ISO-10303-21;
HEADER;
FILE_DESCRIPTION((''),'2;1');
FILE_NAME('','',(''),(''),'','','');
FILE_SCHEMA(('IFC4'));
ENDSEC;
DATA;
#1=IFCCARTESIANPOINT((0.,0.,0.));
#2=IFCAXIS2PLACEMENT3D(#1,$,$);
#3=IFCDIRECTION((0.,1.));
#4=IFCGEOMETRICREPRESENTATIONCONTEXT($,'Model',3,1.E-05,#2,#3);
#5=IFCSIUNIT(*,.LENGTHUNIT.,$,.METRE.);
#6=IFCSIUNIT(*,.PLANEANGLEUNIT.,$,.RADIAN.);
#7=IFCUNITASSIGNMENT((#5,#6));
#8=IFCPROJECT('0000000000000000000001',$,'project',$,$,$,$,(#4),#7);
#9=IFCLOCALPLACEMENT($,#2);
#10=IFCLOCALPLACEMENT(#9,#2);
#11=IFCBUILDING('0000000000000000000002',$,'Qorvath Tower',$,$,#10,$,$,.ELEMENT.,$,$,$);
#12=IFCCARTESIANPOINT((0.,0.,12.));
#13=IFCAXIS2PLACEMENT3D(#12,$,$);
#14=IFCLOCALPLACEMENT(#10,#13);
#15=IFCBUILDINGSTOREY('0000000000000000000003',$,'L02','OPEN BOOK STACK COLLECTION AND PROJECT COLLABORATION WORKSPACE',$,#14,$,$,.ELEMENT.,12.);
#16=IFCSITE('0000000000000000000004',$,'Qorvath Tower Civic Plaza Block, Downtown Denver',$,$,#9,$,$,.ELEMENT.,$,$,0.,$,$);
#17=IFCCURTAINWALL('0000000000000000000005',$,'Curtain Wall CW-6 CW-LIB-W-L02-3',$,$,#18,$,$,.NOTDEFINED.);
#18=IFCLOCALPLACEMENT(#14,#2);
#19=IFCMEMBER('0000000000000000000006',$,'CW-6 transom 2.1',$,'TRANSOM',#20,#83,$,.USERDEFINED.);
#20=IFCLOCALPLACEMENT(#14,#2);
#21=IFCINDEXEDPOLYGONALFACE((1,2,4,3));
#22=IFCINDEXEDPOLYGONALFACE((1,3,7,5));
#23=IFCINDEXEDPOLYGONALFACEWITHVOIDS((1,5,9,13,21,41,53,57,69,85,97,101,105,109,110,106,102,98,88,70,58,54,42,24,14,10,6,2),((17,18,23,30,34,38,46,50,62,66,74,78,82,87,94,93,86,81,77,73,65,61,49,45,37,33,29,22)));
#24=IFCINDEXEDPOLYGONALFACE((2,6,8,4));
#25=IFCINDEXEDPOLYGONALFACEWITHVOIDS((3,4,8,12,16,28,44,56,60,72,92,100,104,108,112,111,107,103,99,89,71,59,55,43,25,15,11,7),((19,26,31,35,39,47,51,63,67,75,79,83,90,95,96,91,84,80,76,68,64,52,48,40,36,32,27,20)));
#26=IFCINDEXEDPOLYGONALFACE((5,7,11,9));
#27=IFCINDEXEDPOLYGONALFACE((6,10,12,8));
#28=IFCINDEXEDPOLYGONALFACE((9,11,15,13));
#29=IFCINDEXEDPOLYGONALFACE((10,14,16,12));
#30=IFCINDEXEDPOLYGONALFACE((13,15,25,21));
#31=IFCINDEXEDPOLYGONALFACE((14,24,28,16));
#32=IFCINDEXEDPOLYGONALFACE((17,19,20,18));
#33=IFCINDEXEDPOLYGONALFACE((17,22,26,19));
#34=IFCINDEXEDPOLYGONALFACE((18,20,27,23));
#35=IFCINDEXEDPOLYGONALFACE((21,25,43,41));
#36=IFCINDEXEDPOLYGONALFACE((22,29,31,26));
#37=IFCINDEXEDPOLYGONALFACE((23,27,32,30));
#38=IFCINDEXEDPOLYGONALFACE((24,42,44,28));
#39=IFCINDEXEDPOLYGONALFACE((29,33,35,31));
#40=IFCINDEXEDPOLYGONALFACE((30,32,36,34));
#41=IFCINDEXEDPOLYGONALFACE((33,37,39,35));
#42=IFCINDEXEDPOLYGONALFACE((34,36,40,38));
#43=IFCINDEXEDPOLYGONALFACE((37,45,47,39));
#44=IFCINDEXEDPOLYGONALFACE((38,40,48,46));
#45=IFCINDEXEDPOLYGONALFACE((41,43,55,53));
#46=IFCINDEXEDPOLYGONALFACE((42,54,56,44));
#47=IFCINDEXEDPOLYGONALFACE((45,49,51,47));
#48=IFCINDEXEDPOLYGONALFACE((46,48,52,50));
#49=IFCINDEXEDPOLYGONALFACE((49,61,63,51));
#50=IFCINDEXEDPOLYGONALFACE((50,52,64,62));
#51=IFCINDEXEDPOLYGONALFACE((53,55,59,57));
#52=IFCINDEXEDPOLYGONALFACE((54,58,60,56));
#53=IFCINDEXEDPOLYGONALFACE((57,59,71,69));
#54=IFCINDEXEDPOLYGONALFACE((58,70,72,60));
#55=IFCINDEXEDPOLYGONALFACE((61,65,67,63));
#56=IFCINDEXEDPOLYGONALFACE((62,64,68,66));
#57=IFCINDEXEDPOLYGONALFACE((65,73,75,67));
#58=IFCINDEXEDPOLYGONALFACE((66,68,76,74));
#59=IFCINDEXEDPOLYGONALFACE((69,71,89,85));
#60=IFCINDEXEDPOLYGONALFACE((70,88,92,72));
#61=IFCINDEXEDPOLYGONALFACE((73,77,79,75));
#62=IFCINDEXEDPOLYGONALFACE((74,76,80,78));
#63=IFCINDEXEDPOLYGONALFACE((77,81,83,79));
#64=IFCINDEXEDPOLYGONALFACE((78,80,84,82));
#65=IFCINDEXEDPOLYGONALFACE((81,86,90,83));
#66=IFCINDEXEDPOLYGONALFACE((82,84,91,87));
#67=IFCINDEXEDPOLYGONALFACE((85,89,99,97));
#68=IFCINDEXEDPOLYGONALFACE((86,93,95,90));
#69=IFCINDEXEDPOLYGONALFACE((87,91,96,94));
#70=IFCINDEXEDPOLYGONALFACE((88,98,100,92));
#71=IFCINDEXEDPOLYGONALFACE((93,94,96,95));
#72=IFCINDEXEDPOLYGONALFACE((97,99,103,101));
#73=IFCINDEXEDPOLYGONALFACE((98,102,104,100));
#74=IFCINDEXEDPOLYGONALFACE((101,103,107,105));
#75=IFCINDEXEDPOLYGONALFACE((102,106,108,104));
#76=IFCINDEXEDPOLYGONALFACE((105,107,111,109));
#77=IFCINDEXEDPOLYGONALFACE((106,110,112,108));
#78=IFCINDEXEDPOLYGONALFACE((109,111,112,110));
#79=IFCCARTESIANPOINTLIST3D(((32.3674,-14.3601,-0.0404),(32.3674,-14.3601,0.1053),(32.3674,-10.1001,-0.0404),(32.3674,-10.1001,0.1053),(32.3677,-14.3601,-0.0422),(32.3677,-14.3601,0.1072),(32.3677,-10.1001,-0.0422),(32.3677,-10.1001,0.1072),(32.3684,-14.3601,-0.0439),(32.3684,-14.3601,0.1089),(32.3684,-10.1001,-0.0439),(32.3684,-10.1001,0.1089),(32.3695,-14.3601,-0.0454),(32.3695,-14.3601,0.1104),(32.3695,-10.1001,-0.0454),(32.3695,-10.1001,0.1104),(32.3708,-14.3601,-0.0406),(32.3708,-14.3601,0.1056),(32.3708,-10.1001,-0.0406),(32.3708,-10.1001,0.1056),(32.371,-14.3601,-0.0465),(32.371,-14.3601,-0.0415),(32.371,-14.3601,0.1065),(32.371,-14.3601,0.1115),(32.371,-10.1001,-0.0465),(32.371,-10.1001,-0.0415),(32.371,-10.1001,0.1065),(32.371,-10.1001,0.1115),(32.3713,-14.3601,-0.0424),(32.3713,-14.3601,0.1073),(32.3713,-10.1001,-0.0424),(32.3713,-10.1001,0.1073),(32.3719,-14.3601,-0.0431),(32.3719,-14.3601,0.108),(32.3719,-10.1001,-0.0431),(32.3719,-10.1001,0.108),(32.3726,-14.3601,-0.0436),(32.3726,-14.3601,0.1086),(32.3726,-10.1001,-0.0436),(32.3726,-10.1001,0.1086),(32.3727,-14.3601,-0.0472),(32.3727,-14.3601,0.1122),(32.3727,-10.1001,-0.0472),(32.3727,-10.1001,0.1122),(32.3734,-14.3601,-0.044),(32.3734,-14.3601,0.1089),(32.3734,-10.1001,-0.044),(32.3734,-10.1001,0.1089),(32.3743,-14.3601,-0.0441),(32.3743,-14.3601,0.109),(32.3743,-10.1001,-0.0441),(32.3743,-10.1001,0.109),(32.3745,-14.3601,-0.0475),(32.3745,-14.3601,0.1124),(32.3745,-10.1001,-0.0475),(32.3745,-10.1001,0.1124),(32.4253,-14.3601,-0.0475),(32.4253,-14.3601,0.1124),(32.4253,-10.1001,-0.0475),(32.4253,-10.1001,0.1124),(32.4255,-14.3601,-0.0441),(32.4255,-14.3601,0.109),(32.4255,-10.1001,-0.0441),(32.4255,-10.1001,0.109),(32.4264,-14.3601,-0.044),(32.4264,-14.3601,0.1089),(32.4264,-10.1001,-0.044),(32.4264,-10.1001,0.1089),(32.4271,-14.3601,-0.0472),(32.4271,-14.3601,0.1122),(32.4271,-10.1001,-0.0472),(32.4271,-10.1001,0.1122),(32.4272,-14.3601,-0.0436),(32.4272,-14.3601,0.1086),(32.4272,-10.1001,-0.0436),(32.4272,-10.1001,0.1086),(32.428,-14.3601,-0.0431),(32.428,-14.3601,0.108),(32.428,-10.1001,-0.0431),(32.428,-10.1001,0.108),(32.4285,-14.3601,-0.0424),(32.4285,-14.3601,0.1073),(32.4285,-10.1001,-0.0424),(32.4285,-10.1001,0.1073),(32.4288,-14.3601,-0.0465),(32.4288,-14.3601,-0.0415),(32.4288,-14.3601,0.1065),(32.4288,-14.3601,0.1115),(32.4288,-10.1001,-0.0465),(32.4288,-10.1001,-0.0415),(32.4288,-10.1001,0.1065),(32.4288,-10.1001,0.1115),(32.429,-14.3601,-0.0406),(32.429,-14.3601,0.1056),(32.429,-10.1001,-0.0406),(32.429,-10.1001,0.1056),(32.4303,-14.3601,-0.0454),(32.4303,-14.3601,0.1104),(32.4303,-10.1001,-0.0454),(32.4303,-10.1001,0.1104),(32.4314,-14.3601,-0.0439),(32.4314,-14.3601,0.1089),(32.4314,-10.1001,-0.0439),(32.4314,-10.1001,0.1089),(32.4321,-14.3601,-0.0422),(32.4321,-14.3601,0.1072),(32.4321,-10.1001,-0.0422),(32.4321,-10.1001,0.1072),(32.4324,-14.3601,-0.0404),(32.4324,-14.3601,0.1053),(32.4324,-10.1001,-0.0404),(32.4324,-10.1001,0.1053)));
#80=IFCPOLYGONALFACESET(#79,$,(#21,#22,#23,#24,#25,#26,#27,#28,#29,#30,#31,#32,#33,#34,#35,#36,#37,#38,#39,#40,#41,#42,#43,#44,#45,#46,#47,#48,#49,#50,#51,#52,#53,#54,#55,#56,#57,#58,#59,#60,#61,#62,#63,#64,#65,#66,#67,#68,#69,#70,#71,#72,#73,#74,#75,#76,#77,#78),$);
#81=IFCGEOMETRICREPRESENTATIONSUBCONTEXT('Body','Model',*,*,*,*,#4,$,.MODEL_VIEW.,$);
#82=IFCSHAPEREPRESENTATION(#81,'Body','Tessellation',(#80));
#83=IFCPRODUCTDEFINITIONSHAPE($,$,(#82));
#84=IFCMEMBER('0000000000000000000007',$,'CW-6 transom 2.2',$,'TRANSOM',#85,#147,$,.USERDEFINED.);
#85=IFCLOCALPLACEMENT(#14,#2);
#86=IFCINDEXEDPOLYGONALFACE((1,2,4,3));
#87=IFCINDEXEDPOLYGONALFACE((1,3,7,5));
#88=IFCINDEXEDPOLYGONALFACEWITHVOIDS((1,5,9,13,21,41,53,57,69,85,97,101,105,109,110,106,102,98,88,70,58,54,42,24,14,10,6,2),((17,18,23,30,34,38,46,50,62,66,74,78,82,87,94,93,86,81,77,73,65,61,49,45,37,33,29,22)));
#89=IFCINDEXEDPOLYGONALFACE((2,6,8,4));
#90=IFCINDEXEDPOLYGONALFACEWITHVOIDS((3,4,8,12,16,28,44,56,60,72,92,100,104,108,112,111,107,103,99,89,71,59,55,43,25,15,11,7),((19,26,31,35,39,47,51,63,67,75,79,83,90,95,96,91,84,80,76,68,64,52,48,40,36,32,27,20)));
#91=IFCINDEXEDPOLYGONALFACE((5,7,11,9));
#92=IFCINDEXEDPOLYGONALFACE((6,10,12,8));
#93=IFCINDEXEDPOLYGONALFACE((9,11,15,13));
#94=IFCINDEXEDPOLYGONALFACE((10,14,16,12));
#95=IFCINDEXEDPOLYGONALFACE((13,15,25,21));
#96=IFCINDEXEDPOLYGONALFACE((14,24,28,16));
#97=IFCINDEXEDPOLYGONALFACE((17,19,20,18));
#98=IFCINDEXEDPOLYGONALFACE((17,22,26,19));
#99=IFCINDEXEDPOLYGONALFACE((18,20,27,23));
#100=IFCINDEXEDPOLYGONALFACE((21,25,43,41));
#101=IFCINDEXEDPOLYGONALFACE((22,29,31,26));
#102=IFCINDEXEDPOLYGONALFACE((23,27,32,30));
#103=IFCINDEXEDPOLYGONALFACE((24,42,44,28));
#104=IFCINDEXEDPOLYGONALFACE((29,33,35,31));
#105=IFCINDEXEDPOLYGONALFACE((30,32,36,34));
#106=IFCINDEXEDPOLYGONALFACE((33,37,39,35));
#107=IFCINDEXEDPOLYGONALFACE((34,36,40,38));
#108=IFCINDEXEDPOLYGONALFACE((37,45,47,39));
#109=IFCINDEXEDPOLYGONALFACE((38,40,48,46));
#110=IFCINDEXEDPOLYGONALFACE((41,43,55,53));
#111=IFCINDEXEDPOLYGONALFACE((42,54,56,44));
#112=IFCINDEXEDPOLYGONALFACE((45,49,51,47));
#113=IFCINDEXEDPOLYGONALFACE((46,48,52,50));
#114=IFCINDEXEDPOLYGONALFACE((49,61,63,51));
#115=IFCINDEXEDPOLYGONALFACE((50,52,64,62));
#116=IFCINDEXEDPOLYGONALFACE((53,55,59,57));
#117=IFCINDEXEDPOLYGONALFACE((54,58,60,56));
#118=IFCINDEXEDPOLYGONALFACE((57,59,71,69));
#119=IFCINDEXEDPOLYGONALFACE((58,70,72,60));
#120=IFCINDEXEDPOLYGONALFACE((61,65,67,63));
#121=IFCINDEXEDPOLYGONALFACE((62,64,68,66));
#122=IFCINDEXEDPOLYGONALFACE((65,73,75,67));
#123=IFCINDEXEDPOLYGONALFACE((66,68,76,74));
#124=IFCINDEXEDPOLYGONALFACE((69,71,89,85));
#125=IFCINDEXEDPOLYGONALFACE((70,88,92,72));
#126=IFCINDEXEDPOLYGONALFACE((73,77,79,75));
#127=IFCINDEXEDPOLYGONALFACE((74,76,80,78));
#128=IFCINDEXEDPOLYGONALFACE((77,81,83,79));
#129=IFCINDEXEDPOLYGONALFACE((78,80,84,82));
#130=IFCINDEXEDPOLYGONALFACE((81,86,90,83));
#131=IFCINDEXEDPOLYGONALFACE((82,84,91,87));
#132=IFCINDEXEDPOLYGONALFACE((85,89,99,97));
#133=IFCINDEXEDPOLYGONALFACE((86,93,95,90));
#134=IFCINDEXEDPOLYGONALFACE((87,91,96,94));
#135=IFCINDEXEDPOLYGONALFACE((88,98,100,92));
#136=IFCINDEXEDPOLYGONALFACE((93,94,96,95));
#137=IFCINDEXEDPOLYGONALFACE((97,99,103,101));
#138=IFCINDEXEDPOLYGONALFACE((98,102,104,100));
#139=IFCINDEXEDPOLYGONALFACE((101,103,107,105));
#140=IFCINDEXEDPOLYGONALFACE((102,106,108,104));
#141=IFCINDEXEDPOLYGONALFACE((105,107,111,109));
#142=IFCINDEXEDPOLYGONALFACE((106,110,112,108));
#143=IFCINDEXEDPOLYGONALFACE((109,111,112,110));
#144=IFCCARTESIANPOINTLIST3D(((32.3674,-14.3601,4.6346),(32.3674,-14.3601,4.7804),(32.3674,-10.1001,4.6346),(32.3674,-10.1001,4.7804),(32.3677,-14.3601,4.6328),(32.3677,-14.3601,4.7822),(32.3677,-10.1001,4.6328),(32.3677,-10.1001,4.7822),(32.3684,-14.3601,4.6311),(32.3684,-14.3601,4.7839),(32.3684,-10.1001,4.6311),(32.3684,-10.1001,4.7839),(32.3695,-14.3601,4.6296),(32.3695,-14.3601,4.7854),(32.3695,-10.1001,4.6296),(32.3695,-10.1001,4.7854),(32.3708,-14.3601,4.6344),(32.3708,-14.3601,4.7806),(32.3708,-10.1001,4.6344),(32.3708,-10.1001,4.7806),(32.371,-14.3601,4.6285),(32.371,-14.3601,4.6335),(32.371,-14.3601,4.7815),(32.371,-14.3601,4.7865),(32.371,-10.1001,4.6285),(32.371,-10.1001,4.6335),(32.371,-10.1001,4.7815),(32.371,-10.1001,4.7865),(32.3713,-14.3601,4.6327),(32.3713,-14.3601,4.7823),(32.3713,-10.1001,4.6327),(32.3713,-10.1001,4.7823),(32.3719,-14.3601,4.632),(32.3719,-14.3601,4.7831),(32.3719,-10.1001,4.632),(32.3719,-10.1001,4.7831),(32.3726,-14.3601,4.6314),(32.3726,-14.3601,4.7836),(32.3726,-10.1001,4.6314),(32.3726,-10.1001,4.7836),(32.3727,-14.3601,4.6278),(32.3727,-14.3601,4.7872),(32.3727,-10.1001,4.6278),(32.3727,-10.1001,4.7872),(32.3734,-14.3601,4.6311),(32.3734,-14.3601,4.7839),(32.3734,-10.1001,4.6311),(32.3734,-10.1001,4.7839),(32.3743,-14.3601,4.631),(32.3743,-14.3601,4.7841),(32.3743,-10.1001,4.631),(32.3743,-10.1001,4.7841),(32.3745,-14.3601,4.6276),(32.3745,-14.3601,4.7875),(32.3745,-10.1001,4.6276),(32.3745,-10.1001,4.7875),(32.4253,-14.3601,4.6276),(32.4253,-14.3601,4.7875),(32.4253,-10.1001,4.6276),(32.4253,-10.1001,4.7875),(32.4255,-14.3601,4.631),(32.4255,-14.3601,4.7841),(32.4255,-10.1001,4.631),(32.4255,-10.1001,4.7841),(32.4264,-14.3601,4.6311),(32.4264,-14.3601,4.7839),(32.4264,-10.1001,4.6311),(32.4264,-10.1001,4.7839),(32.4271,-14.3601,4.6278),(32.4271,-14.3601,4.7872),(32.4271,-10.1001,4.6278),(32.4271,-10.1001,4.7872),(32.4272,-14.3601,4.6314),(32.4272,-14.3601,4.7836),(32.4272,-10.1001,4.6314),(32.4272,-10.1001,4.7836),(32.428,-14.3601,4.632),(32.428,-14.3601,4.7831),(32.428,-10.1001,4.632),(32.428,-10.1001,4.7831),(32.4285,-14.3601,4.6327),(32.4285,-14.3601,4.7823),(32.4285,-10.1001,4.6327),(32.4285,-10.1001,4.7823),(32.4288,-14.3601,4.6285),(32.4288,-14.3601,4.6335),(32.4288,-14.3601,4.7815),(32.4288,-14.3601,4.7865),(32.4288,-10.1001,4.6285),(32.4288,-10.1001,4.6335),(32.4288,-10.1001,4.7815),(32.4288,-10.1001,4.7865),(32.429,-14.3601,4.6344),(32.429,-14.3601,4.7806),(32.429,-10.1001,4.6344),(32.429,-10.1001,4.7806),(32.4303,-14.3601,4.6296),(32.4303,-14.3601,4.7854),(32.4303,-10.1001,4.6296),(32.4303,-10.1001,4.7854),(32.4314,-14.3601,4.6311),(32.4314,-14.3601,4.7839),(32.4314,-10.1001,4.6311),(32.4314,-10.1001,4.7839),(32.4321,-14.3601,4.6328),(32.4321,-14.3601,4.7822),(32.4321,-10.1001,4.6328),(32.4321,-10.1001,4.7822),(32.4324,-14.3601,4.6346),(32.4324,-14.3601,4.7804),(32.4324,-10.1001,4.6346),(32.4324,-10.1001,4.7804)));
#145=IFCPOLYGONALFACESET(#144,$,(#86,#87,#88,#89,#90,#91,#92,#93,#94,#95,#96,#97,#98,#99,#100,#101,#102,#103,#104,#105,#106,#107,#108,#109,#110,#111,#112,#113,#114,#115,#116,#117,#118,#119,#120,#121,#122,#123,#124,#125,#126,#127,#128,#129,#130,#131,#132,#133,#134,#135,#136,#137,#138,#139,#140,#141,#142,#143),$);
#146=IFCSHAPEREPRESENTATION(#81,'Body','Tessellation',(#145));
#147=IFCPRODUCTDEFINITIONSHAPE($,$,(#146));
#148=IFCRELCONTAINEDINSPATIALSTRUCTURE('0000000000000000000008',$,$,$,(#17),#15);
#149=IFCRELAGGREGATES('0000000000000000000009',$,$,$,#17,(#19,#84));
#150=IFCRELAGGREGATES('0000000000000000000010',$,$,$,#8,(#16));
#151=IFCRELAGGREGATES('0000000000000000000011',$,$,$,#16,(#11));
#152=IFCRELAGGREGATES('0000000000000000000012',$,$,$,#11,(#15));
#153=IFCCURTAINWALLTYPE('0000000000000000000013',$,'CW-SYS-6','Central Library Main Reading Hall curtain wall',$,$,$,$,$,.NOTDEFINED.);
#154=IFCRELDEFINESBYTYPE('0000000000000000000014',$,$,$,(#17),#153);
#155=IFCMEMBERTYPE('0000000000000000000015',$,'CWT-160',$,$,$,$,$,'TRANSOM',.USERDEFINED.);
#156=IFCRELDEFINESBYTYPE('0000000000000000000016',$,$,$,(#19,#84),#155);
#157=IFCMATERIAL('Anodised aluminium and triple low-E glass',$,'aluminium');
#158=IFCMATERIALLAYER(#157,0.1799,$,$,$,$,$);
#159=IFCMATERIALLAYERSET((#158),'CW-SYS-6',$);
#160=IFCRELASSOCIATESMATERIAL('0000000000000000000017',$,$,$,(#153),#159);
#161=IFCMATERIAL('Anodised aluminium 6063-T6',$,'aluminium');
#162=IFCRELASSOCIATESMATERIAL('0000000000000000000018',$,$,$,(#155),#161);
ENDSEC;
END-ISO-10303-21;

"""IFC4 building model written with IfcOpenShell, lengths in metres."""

from ifc_helpers import new_model, si_unit, direction, frame, origin, origin_2d, place, context, subcontext, project, spatial, hollow_rectangle, extrude, material, layer, layer_set, material_profile, profile_set, type_object, element, aggregate, save


model = new_model("IFC4")

# Units and contexts
model_context = context("Model", 3, precision=1e-05, world=origin(), true_north=direction((0.0, 1.0)))
body_context = subcontext(model_context, "Body", "Model", "MODEL_VIEW")
ifc_project = project(units=[si_unit("LENGTHUNIT", "METRE"), si_unit("PLANEANGLEUNIT", "RADIAN")], contexts=[model_context])

# Site, building, storey
site_placement = place(None, origin())
site = spatial("IfcSite", under=ifc_project, at=site_placement, Name="Qorvath Tower Civic Plaza Block, Downtown Denver", CompositionType="ELEMENT", RefElevation=0.0)
building_placement = place(site_placement, origin())
building = spatial("IfcBuilding", under=site, at=building_placement, Name="Qorvath Tower", CompositionType="ELEMENT")
storey_placement = place(building_placement, frame((0.0, 0.0, 12.0)))
storey = spatial("IfcBuildingStorey", under=building, at=storey_placement, Name="L02", Description="OPEN BOOK STACK COLLECTION AND PROJECT COLLABORATION WORKSPACE", CompositionType="ELEMENT", Elevation=12.0)

# Curtain wall
ifc_material_1 = material(Name="Anodised aluminium and triple low-E glass", Category="aluminium")
ifc_layer_1 = layer(ifc_material_1, 0.1799)
ifc_layer_set_1 = layer_set([ifc_layer_1], Name="CW-SYS-6")
curtain_wall_type = type_object("IfcCurtainWallType", Name="CW-SYS-6", Description="Central Library Main Reading Hall curtain wall", PredefinedType="NOTDEFINED", material=ifc_layer_set_1)
curtain_wall_1_placement = place(storey_placement, origin())
curtain_wall_1 = element("IfcCurtainWall", 1, at=curtain_wall_1_placement, inside=storey, type_object=curtain_wall_type, Name="Curtain Wall CW-6 CW-LIB-W-L02-3", PredefinedType="NOTDEFINED")

# Members
ifc_material_2 = material(Name="Anodised aluminium 6063-T6", Category="aluminium")
ifc_material_profile_1 = material_profile(ifc_material_2, hollow_rectangle(XDim=0.0649, YDim=0.1599, WallThickness=0.0034, InnerFilletRadius=0.0034, OuterFilletRadius=0.0071, at=origin_2d()), Name="CWT 160x65")
ifc_profile_set_1 = profile_set([ifc_material_profile_1], Name="Anodised aluminium 6063-T6")
member_type_1 = type_object("IfcMemberType", Name="CWT-160", ElementType="TRANSOM", PredefinedType="USERDEFINED", material=ifc_profile_set_1)
member_1_placement = place(storey_placement, frame((32.3999, -14.3601, 0.0325), z_axis=(0.0, 1.0, 0.0), x_axis=(-1.0, 0.0, 0.0)))
member_1 = element("IfcMember", 2, at=member_1_placement, type_object=member_type_1, Name="CW-6 transom 2.1", ObjectType="TRANSOM", PredefinedType="USERDEFINED", context=body_context, shape_type="SweptSolid", body=[
    extrude(hollow_rectangle(XDim=0.0649, YDim=0.1599, WallThickness=0.0034, InnerFilletRadius=0.0034, OuterFilletRadius=0.0071, at=origin_2d()), origin(), (0.0, 0.0, 1.0), 4.26),
])
member_2_placement = place(storey_placement, frame((32.3999, -14.3601, 4.7075), z_axis=(0.0, 1.0, 0.0), x_axis=(-1.0, 0.0, 0.0)))
member_2 = element("IfcMember", 3, at=member_2_placement, type_object=member_type_1, Name="CW-6 transom 2.2", ObjectType="TRANSOM", PredefinedType="USERDEFINED", context=body_context, shape_type="SweptSolid", body=[
    extrude(hollow_rectangle(XDim=0.0649, YDim=0.1599, WallThickness=0.0034, InnerFilletRadius=0.0034, OuterFilletRadius=0.0071, at=origin_2d()), origin(), (0.0, 0.0, 1.0), 4.26),
])

aggregate(curtain_wall_1, [member_1, member_2])

save(model, "model.ifc")
